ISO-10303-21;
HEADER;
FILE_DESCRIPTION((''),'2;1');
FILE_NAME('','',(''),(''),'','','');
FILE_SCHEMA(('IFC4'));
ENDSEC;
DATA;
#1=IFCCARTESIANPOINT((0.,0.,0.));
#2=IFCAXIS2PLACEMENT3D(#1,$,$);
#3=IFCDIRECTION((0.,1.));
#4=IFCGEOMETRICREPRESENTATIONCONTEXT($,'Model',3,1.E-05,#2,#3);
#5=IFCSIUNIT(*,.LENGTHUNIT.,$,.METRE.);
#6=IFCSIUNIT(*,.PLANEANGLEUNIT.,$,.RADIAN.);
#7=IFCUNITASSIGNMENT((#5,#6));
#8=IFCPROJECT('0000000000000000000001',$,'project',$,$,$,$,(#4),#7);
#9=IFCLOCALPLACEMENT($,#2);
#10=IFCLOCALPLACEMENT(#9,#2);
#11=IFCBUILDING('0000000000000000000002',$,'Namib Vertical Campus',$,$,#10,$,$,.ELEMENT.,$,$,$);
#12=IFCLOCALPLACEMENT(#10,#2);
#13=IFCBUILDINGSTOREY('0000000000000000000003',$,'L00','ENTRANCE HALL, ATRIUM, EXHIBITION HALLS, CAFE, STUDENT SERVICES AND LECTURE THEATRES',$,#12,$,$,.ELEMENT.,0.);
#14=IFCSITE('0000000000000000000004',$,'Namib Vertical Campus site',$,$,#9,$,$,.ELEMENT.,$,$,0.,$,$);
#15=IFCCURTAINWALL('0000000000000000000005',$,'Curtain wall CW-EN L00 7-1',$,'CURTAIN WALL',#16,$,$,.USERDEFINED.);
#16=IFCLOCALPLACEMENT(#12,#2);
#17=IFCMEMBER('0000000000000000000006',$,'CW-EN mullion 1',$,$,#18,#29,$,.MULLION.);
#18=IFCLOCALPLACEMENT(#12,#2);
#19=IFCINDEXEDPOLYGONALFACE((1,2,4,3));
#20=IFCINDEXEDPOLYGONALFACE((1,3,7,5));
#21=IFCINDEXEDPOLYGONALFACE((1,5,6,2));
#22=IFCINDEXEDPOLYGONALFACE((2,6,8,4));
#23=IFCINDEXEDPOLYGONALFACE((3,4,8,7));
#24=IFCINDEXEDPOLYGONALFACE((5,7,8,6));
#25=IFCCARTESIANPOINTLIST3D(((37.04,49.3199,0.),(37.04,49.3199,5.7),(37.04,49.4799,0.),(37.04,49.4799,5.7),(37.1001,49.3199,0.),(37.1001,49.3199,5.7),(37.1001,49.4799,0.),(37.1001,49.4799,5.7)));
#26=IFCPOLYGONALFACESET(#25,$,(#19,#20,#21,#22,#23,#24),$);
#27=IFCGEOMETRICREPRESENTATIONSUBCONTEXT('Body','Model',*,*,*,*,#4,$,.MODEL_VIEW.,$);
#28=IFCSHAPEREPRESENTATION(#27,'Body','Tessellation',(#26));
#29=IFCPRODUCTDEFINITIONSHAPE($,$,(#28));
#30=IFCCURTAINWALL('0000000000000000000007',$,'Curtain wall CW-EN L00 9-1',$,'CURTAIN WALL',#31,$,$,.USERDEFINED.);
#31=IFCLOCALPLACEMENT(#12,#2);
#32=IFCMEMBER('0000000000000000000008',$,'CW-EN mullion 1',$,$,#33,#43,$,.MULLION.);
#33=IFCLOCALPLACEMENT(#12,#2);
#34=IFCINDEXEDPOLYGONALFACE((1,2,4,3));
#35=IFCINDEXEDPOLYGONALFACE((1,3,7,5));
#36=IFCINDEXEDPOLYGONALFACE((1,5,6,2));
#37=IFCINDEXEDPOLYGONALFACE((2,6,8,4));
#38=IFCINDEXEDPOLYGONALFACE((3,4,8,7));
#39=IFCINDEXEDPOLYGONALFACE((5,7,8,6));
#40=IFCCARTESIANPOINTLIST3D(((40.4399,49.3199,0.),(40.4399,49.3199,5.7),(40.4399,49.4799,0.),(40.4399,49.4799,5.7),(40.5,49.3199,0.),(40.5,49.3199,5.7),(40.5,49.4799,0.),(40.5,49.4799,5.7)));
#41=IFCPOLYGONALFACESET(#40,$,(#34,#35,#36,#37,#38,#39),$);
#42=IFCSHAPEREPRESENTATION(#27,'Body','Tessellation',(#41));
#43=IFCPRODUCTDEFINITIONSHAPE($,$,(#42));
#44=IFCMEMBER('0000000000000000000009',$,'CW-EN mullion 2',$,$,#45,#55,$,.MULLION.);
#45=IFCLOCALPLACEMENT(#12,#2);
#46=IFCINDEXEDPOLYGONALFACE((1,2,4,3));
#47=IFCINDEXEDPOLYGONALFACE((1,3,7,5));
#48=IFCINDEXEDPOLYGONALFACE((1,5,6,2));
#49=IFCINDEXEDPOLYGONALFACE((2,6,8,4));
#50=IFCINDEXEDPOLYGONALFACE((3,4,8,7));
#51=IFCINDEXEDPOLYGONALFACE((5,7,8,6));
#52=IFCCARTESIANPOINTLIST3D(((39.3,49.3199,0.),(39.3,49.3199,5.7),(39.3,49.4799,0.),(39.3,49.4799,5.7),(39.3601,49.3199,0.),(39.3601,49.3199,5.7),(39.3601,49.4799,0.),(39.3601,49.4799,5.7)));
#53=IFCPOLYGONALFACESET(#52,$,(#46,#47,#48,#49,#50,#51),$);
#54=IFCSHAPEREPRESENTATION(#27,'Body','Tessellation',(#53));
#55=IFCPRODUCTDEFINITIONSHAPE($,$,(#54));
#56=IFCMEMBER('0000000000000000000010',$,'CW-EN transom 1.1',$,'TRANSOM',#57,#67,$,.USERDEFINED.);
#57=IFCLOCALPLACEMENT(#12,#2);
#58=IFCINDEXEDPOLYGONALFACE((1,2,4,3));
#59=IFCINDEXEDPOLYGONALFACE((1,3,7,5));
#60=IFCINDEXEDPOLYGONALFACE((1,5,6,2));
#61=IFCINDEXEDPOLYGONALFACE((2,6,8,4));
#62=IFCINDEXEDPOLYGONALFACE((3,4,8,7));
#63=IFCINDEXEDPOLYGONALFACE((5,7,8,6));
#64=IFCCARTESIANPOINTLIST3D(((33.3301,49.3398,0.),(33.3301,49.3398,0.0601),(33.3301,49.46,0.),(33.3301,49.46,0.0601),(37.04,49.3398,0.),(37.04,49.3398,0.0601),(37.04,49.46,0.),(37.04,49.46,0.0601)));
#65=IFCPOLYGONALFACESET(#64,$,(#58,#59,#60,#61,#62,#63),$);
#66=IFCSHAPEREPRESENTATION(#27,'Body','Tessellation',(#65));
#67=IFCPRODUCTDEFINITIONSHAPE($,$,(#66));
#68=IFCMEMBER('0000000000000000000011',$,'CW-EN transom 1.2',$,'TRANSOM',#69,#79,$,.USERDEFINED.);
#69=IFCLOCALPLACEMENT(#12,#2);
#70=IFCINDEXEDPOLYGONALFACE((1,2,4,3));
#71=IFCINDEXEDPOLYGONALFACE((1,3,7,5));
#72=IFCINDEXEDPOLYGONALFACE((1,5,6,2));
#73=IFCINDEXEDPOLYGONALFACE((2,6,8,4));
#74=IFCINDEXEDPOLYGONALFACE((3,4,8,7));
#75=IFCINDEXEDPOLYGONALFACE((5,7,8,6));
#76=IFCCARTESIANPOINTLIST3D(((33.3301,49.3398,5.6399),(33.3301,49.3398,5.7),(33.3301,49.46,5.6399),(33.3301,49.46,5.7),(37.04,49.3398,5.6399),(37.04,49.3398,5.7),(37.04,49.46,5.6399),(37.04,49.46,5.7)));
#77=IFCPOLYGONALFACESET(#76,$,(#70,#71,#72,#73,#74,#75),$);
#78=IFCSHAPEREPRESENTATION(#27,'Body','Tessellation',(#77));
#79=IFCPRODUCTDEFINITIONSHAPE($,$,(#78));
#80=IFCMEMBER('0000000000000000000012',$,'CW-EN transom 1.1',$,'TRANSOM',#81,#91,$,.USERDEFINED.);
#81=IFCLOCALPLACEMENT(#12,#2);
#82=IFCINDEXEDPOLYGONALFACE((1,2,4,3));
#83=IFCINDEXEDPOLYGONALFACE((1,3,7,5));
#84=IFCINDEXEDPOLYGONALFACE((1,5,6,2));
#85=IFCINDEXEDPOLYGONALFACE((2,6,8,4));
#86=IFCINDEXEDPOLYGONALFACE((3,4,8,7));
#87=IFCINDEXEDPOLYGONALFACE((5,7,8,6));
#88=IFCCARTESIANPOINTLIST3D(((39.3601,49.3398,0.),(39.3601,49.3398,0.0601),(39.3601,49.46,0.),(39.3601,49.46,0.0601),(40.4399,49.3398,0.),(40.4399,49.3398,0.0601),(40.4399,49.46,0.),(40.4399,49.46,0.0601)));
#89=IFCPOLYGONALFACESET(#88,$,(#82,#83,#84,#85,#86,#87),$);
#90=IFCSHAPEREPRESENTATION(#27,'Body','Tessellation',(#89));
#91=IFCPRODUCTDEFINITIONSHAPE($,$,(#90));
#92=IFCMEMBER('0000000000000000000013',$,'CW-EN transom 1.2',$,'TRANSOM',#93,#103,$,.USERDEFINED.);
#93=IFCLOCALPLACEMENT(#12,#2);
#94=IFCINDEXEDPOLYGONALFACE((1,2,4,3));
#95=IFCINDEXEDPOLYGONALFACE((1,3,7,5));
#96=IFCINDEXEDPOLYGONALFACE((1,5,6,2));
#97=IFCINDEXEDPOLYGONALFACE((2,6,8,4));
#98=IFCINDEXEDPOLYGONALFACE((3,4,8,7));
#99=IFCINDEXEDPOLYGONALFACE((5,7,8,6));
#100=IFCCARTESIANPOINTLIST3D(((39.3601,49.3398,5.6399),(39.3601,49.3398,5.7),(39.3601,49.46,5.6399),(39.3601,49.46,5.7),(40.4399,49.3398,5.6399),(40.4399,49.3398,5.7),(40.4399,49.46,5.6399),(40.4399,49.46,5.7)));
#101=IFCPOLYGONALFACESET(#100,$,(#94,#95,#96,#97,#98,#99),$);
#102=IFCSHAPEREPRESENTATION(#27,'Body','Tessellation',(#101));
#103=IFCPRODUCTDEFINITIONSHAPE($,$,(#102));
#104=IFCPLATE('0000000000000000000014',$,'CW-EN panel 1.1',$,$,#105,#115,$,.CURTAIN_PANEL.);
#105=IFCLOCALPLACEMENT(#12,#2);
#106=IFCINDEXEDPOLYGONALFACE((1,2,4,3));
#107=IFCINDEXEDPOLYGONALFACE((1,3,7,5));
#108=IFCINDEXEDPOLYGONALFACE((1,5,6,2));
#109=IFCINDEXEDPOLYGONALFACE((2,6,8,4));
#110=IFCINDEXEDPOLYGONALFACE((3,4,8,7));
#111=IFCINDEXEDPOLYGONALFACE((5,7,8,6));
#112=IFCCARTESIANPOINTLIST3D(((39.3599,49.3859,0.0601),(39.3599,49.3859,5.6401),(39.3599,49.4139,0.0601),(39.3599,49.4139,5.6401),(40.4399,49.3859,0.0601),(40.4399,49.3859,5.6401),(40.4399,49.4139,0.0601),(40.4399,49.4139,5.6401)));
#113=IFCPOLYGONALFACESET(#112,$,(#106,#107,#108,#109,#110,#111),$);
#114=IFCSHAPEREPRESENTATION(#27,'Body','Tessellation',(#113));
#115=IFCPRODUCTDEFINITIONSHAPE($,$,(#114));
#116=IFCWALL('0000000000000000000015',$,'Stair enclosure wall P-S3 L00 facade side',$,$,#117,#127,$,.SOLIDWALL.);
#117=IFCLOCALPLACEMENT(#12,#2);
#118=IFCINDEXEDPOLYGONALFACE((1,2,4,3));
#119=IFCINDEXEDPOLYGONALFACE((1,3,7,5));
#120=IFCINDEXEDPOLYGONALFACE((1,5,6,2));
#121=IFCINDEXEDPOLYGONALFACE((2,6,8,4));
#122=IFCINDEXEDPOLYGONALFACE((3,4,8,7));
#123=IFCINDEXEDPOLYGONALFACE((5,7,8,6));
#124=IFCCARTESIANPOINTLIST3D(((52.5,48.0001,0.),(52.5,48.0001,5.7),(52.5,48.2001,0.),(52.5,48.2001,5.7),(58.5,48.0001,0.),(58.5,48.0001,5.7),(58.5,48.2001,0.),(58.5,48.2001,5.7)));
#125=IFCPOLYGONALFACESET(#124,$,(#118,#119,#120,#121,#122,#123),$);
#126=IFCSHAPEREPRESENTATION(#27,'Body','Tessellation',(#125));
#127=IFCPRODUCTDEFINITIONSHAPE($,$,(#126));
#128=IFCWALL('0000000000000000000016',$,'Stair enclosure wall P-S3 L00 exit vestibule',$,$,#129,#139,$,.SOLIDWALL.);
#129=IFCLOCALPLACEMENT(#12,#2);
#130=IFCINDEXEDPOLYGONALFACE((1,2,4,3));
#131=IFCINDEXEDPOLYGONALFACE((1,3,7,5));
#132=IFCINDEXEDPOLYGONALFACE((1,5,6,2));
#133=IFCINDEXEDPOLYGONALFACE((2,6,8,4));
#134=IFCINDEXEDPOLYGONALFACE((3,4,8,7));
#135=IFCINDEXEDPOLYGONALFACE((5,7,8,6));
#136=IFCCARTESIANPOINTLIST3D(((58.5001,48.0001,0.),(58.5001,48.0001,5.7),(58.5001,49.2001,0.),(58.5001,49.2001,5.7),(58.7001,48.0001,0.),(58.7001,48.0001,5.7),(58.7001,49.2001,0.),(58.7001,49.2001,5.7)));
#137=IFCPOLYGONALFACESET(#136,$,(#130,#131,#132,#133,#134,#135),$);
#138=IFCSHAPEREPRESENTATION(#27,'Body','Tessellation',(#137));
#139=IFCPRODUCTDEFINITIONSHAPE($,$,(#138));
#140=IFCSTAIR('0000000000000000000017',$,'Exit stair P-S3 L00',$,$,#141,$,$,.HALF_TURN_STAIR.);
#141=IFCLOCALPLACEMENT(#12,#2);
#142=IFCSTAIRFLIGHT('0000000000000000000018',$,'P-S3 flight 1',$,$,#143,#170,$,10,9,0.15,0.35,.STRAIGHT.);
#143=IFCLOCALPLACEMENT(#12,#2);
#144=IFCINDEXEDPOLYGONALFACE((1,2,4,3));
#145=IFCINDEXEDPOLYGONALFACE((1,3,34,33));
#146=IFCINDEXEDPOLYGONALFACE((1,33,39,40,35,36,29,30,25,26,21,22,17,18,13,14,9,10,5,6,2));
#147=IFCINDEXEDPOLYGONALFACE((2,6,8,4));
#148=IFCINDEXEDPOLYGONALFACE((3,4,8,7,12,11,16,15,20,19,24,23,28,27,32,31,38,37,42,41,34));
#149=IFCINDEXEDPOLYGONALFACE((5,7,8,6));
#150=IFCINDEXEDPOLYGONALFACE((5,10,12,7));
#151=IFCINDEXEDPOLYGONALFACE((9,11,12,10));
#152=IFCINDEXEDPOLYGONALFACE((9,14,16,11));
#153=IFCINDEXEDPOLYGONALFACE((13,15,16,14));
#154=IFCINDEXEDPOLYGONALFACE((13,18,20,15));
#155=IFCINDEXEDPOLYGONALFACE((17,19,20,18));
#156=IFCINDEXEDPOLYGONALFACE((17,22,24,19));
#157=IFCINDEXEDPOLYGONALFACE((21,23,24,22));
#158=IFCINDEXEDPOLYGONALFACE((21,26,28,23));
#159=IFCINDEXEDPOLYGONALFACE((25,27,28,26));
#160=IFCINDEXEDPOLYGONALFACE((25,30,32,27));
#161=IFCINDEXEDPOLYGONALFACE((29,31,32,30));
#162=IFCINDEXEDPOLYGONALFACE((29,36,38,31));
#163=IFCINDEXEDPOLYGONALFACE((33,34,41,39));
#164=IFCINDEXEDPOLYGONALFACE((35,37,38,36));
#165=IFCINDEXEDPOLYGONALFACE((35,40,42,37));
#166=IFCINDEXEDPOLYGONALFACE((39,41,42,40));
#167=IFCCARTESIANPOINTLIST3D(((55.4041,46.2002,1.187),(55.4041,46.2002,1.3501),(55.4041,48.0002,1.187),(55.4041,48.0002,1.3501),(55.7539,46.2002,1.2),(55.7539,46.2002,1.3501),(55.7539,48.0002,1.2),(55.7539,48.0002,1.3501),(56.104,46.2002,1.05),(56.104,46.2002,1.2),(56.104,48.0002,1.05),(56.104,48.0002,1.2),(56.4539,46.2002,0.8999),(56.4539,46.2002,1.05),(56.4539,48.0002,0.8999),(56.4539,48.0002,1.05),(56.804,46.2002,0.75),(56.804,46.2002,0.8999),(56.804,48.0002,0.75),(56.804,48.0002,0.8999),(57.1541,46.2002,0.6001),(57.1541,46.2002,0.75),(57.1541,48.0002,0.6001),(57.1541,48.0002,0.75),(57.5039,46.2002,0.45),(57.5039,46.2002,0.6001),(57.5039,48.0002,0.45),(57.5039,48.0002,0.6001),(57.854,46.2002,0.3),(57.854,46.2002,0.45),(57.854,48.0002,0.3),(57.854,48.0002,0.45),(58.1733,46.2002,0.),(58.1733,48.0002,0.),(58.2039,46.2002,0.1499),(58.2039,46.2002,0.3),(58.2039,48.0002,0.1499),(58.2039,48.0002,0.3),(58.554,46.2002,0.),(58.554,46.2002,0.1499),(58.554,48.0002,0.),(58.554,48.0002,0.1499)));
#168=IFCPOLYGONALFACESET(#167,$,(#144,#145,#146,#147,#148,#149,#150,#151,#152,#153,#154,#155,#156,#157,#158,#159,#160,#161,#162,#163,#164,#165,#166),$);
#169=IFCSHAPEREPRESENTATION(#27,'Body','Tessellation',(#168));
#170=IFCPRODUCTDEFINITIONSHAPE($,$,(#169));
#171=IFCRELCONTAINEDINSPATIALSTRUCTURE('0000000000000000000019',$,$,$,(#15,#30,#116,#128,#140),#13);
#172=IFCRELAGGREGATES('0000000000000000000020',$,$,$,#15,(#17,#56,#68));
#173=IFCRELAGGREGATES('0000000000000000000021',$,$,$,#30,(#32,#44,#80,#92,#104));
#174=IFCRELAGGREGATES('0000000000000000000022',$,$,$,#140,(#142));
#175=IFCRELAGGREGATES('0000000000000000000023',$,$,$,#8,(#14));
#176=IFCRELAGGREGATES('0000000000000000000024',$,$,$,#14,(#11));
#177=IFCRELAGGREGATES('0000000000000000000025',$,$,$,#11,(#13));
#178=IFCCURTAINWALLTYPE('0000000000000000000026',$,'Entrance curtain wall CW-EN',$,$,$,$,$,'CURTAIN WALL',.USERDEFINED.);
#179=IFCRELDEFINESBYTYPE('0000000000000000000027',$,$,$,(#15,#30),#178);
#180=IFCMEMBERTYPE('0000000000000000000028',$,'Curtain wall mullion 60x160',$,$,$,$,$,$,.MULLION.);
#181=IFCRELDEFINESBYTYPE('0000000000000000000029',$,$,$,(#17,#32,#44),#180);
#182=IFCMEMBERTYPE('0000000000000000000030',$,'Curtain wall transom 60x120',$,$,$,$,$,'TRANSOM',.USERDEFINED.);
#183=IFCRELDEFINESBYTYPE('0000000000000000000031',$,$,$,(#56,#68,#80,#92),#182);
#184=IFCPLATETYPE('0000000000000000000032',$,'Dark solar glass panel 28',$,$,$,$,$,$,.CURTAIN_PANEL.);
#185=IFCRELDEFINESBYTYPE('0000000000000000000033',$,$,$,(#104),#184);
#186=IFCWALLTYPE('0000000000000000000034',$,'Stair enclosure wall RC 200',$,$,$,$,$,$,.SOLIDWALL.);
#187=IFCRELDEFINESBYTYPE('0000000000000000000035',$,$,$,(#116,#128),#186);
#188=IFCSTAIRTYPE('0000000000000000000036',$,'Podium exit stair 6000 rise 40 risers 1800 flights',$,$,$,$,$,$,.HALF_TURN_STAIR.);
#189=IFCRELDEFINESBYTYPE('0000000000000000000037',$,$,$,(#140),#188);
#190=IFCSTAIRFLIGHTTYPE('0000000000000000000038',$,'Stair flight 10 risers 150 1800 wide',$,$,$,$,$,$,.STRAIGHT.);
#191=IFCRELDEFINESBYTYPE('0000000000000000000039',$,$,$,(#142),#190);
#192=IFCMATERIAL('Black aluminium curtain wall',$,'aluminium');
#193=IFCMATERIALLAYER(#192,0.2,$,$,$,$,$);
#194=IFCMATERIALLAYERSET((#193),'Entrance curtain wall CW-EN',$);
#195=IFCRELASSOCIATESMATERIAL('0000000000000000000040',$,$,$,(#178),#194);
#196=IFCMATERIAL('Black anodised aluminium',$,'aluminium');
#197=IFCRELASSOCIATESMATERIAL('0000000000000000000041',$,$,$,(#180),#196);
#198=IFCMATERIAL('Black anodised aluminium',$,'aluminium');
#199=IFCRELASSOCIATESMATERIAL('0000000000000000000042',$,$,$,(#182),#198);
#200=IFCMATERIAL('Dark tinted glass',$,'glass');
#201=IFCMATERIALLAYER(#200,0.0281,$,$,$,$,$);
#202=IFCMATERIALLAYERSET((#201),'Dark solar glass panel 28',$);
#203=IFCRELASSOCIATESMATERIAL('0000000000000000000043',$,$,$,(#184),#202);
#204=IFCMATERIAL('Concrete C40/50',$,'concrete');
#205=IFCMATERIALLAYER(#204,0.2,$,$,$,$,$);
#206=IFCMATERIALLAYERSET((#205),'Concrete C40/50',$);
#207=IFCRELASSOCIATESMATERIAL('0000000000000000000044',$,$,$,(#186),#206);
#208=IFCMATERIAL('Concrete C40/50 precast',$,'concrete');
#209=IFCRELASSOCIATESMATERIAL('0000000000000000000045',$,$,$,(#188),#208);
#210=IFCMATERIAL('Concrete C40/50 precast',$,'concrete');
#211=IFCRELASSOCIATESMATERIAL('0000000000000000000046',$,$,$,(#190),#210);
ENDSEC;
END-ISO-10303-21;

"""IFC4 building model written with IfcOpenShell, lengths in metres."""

from ifc_helpers import new_model, si_unit, direction, frame, frame_2d, origin, origin_2d, place, context, subcontext, project, spatial, polyline, rectangle, outline, extrude, material, layer, layer_set, material_profile, profile_set, type_object, element, aggregate, save


model = new_model("IFC4")

# Units and contexts
model_context = context("Model", 3, precision=1e-05, world=origin(), true_north=direction((0.0, 1.0)))
body_context = subcontext(model_context, "Body", "Model", "MODEL_VIEW")
ifc_project = project(units=[si_unit("LENGTHUNIT", "METRE"), si_unit("PLANEANGLEUNIT", "RADIAN")], contexts=[model_context])

# Site, building, storey
site_placement = place(None, origin())
site = spatial("IfcSite", under=ifc_project, at=site_placement, Name="Namib Vertical Campus site", CompositionType="ELEMENT", RefElevation=0.0)
building_placement = place(site_placement, origin())
building = spatial("IfcBuilding", under=site, at=building_placement, Name="Namib Vertical Campus", CompositionType="ELEMENT")
storey_placement = place(building_placement, origin())
storey = spatial("IfcBuildingStorey", under=building, at=storey_placement, Name="L00", Description="ENTRANCE HALL, ATRIUM, EXHIBITION HALLS, CAFE, STUDENT SERVICES AND LECTURE THEATRES", CompositionType="ELEMENT", Elevation=0.0)

# Curtain wall, member
ifc_material_1 = material(Name="Black aluminium curtain wall", Category="aluminium")
ifc_layer_1 = layer(ifc_material_1, 0.2)
ifc_layer_set_1 = layer_set([ifc_layer_1], Name="Entrance curtain wall CW-EN")
curtain_wall_type = type_object("IfcCurtainWallType", Name="Entrance curtain wall CW-EN", ElementType="CURTAIN WALL", PredefinedType="USERDEFINED", material=ifc_layer_set_1)
curtain_wall_1_placement = place(storey_placement, origin())
curtain_wall_1 = element("IfcCurtainWall", 1, at=curtain_wall_1_placement, inside=storey, type_object=curtain_wall_type, Name="Curtain wall CW-EN L00 7-1", ObjectType="CURTAIN WALL", PredefinedType="USERDEFINED")
ifc_material_2 = material(Name="Black anodised aluminium", Category="aluminium")
ifc_material_profile_1 = material_profile(ifc_material_2, rectangle(XDim=0.0601, YDim=0.1599, at=origin_2d()))
ifc_profile_set_1 = profile_set([ifc_material_profile_1], Name="Black anodised aluminium")
member_type_1 = type_object("IfcMemberType", Name="Curtain wall mullion 60x160", PredefinedType="MULLION", material=ifc_profile_set_1)
member_1_placement = place(storey_placement, frame((37.0701, 49.3999, 0.0), z_axis=(0.0, 0.0, 1.0), x_axis=(-1.0, 0.0, 0.0)))
member_1 = element("IfcMember", 2, at=member_1_placement, type_object=member_type_1, Name="CW-EN mullion 1", PredefinedType="MULLION", context=body_context, shape_type="SweptSolid", body=[
    extrude(rectangle(XDim=0.0601, YDim=0.1599, at=origin_2d()), origin(), (0.0, 0.0, 1.0), 5.7),
])

# Curtain wall, members
curtain_wall_2_placement = place(storey_placement, origin())
curtain_wall_2 = element("IfcCurtainWall", 3, at=curtain_wall_2_placement, inside=storey, type_object=curtain_wall_type, Name="Curtain wall CW-EN L00 9-1", ObjectType="CURTAIN WALL", PredefinedType="USERDEFINED")
member_2_placement = place(storey_placement, frame((40.47, 49.3999, 0.0), z_axis=(0.0, 0.0, 1.0), x_axis=(-1.0, 0.0, 0.0)))
member_2 = element("IfcMember", 4, at=member_2_placement, type_object=member_type_1, Name="CW-EN mullion 1", PredefinedType="MULLION", context=body_context, shape_type="SweptSolid", body=[
    extrude(rectangle(XDim=0.0601, YDim=0.1599, at=origin_2d()), origin(), (0.0, 0.0, 1.0), 5.7),
])
member_3_placement = place(storey_placement, frame((39.3301, 49.3999, 0.0), z_axis=(0.0, 0.0, 1.0), x_axis=(-1.0, 0.0, 0.0)))
member_3 = element("IfcMember", 5, at=member_3_placement, type_object=member_type_1, Name="CW-EN mullion 2", PredefinedType="MULLION", context=body_context, shape_type="SweptSolid", body=[
    extrude(rectangle(XDim=0.0601, YDim=0.1599, at=origin_2d()), origin(), (0.0, 0.0, 1.0), 5.7),
])

# Members
ifc_material_3 = material(Name="Black anodised aluminium", Category="aluminium")
ifc_material_profile_2 = material_profile(ifc_material_3, rectangle(XDim=0.0601, YDim=0.1201, at=origin_2d()))
ifc_profile_set_2 = profile_set([ifc_material_profile_2], Name="Black anodised aluminium")
member_type_2 = type_object("IfcMemberType", Name="Curtain wall transom 60x120", ElementType="TRANSOM", PredefinedType="USERDEFINED", material=ifc_profile_set_2)
member_4_placement = place(storey_placement, frame((37.04, 49.3999, 0.03), z_axis=(-1.0, 0.0, 0.0), x_axis=(0.0, 0.0, 1.0)))
member_4 = element("IfcMember", 6, at=member_4_placement, type_object=member_type_2, Name="CW-EN transom 1.1", ObjectType="TRANSOM", PredefinedType="USERDEFINED", context=body_context, shape_type="SweptSolid", body=[
    extrude(rectangle(XDim=0.0601, YDim=0.1201, at=origin_2d()), origin(), (0.0, 0.0, 1.0), 3.71),
])
member_5_placement = place(storey_placement, frame((37.04, 49.3999, 5.6699), z_axis=(-1.0, 0.0, 0.0), x_axis=(0.0, 0.0, 1.0)))
member_5 = element("IfcMember", 7, at=member_5_placement, type_object=member_type_2, Name="CW-EN transom 1.2", ObjectType="TRANSOM", PredefinedType="USERDEFINED", context=body_context, shape_type="SweptSolid", body=[
    extrude(rectangle(XDim=0.0601, YDim=0.1201, at=origin_2d()), origin(), (0.0, 0.0, 1.0), 3.71),
])
aggregate(curtain_wall_1, [member_1, member_4, member_5])
member_6_placement = place(storey_placement, frame((40.4399, 49.3999, 0.03), z_axis=(-1.0, 0.0, 0.0), x_axis=(0.0, 0.0, 1.0)))
member_6 = element("IfcMember", 8, at=member_6_placement, type_object=member_type_2, Name="CW-EN transom 1.1", ObjectType="TRANSOM", PredefinedType="USERDEFINED", context=body_context, shape_type="SweptSolid", body=[
    extrude(rectangle(XDim=0.0601, YDim=0.1201, at=origin_2d()), origin(), (0.0, 0.0, 1.0), 1.0798),
])
member_7_placement = place(storey_placement, frame((40.4399, 49.3999, 5.6699), z_axis=(-1.0, 0.0, 0.0), x_axis=(0.0, 0.0, 1.0)))
member_7 = element("IfcMember", 9, at=member_7_placement, type_object=member_type_2, Name="CW-EN transom 1.2", ObjectType="TRANSOM", PredefinedType="USERDEFINED", context=body_context, shape_type="SweptSolid", body=[
    extrude(rectangle(XDim=0.0601, YDim=0.1201, at=origin_2d()), origin(), (0.0, 0.0, 1.0), 1.0798),
])

# Plate
ifc_material_4 = material(Name="Dark tinted glass", Category="glass")
ifc_layer_2 = layer(ifc_material_4, 0.0281)
ifc_layer_set_2 = layer_set([ifc_layer_2], Name="Dark solar glass panel 28")
plate_type = type_object("IfcPlateType", Name="Dark solar glass panel 28", PredefinedType="CURTAIN_PANEL", material=ifc_layer_set_2)
plate_placement = place(storey_placement, frame((39.8999, 49.3999, 0.0601), z_axis=(0.0, 0.0, 1.0), x_axis=(-1.0, 0.0, 0.0)))
plate = element("IfcPlate", 10, at=plate_placement, type_object=plate_type, Name="CW-EN panel 1.1", PredefinedType="CURTAIN_PANEL", context=body_context, shape_type="SweptSolid", body=[
    extrude(rectangle(XDim=1.0801, YDim=0.0281, at=origin_2d()), origin(), (0.0, 0.0, 1.0), 5.5801),
])
aggregate(curtain_wall_2, [member_2, member_3, member_6, member_7, plate])

# Walls
ifc_material_5 = material(Name="Concrete C40/50", Category="concrete")
ifc_layer_3 = layer(ifc_material_5, 0.2)
ifc_layer_set_3 = layer_set([ifc_layer_3], Name="Concrete C40/50")
wall_type_1 = type_object("IfcWallType", Name="Stair enclosure wall RC 200", PredefinedType="SOLIDWALL", material=ifc_layer_set_3)
wall_1_placement = place(storey_placement, frame((52.5, 48.1001, 0.0), z_axis=(0.0, 0.0, 1.0), x_axis=(1.0, 0.0, 0.0)))
element("IfcWall", 11, at=wall_1_placement, inside=storey, type_object=wall_type_1, Name="Stair enclosure wall P-S3 L00 facade side", PredefinedType="SOLIDWALL", context=body_context, shape_type="SweptSolid", body=[
    extrude(rectangle(XDim=6.0, YDim=0.2, at=frame_2d((3.0, 0.0))), origin(), (0.0, 0.0, 1.0), 5.7),
])
wall_2_placement = place(storey_placement, frame((58.6001, 48.0, 0.0), z_axis=(0.0, 0.0, 1.0), x_axis=(0.0, 1.0, 0.0)))
element("IfcWall", 12, at=wall_2_placement, inside=storey, type_object=wall_type_1, Name="Stair enclosure wall P-S3 L00 exit vestibule", PredefinedType="SOLIDWALL", context=body_context, shape_type="SweptSolid", body=[
    extrude(rectangle(XDim=1.2, YDim=0.2, at=frame_2d((0.6001, 0.0))), origin(), (0.0, 0.0, 1.0), 5.7),
])

# Stair, stair flight
ifc_material_6 = material(Name="Concrete C40/50 precast", Category="concrete")
stair_type = type_object("IfcStairType", Name="Podium exit stair 6000 rise 40 risers 1800 flights", PredefinedType="HALF_TURN_STAIR", material=ifc_material_6)
stair_placement = place(storey_placement, origin())
stair = element("IfcStair", 13, at=stair_placement, inside=storey, type_object=stair_type, Name="Exit stair P-S3 L00", PredefinedType="HALF_TURN_STAIR")
ifc_material_7 = material(Name="Concrete C40/50 precast", Category="concrete")
stair_flight_type = type_object("IfcStairFlightType", Name="Stair flight 10 risers 150 1800 wide", PredefinedType="STRAIGHT", material=ifc_material_7)
stair_flight_1_placement = place(storey_placement, frame((58.554, 47.1001, 0.0), z_axis=(0.0, 0.0, 1.0), x_axis=(-1.0, 0.0, 0.0)))
stair_flight_1 = element("IfcStairFlight", 14, at=stair_flight_1_placement, type_object=stair_flight_type, Name="P-S3 flight 1", NumberOfRisers=10, NumberOfTreads=9, PredefinedType="STRAIGHT", RiserHeight=0.15, TreadLength=0.35, context=body_context, shape_type="SweptSolid", body=[
    extrude(outline(polyline([(0.0, 0.0), (0.0, 0.1499), (0.3501, 0.1499), (0.3501, 0.3), (0.7, 0.3), (0.7, 0.45), (1.05, 0.45), (1.05, 0.6001), (1.3999, 0.6001), (1.3999, 0.75), (1.75, 0.75), (1.75, 0.8999), (2.1001, 0.8999), (2.1001, 1.05), (2.45, 1.05), (2.45, 1.2), (2.8, 1.2), (2.8, 1.3501), (3.1499, 1.3501), (3.1499, 1.5), (3.1499, 1.187), (0.3806, 0.0), (0.0, 0.0)])), frame((0.0, 0.8999, 0.0), z_axis=(0.0, -1.0, 0.0), x_axis=(1.0, 0.0, 0.0)), (0.0, 0.0, 1.0), 1.8),
])
aggregate(stair, [stair_flight_1])

save(model, "model.ifc")
